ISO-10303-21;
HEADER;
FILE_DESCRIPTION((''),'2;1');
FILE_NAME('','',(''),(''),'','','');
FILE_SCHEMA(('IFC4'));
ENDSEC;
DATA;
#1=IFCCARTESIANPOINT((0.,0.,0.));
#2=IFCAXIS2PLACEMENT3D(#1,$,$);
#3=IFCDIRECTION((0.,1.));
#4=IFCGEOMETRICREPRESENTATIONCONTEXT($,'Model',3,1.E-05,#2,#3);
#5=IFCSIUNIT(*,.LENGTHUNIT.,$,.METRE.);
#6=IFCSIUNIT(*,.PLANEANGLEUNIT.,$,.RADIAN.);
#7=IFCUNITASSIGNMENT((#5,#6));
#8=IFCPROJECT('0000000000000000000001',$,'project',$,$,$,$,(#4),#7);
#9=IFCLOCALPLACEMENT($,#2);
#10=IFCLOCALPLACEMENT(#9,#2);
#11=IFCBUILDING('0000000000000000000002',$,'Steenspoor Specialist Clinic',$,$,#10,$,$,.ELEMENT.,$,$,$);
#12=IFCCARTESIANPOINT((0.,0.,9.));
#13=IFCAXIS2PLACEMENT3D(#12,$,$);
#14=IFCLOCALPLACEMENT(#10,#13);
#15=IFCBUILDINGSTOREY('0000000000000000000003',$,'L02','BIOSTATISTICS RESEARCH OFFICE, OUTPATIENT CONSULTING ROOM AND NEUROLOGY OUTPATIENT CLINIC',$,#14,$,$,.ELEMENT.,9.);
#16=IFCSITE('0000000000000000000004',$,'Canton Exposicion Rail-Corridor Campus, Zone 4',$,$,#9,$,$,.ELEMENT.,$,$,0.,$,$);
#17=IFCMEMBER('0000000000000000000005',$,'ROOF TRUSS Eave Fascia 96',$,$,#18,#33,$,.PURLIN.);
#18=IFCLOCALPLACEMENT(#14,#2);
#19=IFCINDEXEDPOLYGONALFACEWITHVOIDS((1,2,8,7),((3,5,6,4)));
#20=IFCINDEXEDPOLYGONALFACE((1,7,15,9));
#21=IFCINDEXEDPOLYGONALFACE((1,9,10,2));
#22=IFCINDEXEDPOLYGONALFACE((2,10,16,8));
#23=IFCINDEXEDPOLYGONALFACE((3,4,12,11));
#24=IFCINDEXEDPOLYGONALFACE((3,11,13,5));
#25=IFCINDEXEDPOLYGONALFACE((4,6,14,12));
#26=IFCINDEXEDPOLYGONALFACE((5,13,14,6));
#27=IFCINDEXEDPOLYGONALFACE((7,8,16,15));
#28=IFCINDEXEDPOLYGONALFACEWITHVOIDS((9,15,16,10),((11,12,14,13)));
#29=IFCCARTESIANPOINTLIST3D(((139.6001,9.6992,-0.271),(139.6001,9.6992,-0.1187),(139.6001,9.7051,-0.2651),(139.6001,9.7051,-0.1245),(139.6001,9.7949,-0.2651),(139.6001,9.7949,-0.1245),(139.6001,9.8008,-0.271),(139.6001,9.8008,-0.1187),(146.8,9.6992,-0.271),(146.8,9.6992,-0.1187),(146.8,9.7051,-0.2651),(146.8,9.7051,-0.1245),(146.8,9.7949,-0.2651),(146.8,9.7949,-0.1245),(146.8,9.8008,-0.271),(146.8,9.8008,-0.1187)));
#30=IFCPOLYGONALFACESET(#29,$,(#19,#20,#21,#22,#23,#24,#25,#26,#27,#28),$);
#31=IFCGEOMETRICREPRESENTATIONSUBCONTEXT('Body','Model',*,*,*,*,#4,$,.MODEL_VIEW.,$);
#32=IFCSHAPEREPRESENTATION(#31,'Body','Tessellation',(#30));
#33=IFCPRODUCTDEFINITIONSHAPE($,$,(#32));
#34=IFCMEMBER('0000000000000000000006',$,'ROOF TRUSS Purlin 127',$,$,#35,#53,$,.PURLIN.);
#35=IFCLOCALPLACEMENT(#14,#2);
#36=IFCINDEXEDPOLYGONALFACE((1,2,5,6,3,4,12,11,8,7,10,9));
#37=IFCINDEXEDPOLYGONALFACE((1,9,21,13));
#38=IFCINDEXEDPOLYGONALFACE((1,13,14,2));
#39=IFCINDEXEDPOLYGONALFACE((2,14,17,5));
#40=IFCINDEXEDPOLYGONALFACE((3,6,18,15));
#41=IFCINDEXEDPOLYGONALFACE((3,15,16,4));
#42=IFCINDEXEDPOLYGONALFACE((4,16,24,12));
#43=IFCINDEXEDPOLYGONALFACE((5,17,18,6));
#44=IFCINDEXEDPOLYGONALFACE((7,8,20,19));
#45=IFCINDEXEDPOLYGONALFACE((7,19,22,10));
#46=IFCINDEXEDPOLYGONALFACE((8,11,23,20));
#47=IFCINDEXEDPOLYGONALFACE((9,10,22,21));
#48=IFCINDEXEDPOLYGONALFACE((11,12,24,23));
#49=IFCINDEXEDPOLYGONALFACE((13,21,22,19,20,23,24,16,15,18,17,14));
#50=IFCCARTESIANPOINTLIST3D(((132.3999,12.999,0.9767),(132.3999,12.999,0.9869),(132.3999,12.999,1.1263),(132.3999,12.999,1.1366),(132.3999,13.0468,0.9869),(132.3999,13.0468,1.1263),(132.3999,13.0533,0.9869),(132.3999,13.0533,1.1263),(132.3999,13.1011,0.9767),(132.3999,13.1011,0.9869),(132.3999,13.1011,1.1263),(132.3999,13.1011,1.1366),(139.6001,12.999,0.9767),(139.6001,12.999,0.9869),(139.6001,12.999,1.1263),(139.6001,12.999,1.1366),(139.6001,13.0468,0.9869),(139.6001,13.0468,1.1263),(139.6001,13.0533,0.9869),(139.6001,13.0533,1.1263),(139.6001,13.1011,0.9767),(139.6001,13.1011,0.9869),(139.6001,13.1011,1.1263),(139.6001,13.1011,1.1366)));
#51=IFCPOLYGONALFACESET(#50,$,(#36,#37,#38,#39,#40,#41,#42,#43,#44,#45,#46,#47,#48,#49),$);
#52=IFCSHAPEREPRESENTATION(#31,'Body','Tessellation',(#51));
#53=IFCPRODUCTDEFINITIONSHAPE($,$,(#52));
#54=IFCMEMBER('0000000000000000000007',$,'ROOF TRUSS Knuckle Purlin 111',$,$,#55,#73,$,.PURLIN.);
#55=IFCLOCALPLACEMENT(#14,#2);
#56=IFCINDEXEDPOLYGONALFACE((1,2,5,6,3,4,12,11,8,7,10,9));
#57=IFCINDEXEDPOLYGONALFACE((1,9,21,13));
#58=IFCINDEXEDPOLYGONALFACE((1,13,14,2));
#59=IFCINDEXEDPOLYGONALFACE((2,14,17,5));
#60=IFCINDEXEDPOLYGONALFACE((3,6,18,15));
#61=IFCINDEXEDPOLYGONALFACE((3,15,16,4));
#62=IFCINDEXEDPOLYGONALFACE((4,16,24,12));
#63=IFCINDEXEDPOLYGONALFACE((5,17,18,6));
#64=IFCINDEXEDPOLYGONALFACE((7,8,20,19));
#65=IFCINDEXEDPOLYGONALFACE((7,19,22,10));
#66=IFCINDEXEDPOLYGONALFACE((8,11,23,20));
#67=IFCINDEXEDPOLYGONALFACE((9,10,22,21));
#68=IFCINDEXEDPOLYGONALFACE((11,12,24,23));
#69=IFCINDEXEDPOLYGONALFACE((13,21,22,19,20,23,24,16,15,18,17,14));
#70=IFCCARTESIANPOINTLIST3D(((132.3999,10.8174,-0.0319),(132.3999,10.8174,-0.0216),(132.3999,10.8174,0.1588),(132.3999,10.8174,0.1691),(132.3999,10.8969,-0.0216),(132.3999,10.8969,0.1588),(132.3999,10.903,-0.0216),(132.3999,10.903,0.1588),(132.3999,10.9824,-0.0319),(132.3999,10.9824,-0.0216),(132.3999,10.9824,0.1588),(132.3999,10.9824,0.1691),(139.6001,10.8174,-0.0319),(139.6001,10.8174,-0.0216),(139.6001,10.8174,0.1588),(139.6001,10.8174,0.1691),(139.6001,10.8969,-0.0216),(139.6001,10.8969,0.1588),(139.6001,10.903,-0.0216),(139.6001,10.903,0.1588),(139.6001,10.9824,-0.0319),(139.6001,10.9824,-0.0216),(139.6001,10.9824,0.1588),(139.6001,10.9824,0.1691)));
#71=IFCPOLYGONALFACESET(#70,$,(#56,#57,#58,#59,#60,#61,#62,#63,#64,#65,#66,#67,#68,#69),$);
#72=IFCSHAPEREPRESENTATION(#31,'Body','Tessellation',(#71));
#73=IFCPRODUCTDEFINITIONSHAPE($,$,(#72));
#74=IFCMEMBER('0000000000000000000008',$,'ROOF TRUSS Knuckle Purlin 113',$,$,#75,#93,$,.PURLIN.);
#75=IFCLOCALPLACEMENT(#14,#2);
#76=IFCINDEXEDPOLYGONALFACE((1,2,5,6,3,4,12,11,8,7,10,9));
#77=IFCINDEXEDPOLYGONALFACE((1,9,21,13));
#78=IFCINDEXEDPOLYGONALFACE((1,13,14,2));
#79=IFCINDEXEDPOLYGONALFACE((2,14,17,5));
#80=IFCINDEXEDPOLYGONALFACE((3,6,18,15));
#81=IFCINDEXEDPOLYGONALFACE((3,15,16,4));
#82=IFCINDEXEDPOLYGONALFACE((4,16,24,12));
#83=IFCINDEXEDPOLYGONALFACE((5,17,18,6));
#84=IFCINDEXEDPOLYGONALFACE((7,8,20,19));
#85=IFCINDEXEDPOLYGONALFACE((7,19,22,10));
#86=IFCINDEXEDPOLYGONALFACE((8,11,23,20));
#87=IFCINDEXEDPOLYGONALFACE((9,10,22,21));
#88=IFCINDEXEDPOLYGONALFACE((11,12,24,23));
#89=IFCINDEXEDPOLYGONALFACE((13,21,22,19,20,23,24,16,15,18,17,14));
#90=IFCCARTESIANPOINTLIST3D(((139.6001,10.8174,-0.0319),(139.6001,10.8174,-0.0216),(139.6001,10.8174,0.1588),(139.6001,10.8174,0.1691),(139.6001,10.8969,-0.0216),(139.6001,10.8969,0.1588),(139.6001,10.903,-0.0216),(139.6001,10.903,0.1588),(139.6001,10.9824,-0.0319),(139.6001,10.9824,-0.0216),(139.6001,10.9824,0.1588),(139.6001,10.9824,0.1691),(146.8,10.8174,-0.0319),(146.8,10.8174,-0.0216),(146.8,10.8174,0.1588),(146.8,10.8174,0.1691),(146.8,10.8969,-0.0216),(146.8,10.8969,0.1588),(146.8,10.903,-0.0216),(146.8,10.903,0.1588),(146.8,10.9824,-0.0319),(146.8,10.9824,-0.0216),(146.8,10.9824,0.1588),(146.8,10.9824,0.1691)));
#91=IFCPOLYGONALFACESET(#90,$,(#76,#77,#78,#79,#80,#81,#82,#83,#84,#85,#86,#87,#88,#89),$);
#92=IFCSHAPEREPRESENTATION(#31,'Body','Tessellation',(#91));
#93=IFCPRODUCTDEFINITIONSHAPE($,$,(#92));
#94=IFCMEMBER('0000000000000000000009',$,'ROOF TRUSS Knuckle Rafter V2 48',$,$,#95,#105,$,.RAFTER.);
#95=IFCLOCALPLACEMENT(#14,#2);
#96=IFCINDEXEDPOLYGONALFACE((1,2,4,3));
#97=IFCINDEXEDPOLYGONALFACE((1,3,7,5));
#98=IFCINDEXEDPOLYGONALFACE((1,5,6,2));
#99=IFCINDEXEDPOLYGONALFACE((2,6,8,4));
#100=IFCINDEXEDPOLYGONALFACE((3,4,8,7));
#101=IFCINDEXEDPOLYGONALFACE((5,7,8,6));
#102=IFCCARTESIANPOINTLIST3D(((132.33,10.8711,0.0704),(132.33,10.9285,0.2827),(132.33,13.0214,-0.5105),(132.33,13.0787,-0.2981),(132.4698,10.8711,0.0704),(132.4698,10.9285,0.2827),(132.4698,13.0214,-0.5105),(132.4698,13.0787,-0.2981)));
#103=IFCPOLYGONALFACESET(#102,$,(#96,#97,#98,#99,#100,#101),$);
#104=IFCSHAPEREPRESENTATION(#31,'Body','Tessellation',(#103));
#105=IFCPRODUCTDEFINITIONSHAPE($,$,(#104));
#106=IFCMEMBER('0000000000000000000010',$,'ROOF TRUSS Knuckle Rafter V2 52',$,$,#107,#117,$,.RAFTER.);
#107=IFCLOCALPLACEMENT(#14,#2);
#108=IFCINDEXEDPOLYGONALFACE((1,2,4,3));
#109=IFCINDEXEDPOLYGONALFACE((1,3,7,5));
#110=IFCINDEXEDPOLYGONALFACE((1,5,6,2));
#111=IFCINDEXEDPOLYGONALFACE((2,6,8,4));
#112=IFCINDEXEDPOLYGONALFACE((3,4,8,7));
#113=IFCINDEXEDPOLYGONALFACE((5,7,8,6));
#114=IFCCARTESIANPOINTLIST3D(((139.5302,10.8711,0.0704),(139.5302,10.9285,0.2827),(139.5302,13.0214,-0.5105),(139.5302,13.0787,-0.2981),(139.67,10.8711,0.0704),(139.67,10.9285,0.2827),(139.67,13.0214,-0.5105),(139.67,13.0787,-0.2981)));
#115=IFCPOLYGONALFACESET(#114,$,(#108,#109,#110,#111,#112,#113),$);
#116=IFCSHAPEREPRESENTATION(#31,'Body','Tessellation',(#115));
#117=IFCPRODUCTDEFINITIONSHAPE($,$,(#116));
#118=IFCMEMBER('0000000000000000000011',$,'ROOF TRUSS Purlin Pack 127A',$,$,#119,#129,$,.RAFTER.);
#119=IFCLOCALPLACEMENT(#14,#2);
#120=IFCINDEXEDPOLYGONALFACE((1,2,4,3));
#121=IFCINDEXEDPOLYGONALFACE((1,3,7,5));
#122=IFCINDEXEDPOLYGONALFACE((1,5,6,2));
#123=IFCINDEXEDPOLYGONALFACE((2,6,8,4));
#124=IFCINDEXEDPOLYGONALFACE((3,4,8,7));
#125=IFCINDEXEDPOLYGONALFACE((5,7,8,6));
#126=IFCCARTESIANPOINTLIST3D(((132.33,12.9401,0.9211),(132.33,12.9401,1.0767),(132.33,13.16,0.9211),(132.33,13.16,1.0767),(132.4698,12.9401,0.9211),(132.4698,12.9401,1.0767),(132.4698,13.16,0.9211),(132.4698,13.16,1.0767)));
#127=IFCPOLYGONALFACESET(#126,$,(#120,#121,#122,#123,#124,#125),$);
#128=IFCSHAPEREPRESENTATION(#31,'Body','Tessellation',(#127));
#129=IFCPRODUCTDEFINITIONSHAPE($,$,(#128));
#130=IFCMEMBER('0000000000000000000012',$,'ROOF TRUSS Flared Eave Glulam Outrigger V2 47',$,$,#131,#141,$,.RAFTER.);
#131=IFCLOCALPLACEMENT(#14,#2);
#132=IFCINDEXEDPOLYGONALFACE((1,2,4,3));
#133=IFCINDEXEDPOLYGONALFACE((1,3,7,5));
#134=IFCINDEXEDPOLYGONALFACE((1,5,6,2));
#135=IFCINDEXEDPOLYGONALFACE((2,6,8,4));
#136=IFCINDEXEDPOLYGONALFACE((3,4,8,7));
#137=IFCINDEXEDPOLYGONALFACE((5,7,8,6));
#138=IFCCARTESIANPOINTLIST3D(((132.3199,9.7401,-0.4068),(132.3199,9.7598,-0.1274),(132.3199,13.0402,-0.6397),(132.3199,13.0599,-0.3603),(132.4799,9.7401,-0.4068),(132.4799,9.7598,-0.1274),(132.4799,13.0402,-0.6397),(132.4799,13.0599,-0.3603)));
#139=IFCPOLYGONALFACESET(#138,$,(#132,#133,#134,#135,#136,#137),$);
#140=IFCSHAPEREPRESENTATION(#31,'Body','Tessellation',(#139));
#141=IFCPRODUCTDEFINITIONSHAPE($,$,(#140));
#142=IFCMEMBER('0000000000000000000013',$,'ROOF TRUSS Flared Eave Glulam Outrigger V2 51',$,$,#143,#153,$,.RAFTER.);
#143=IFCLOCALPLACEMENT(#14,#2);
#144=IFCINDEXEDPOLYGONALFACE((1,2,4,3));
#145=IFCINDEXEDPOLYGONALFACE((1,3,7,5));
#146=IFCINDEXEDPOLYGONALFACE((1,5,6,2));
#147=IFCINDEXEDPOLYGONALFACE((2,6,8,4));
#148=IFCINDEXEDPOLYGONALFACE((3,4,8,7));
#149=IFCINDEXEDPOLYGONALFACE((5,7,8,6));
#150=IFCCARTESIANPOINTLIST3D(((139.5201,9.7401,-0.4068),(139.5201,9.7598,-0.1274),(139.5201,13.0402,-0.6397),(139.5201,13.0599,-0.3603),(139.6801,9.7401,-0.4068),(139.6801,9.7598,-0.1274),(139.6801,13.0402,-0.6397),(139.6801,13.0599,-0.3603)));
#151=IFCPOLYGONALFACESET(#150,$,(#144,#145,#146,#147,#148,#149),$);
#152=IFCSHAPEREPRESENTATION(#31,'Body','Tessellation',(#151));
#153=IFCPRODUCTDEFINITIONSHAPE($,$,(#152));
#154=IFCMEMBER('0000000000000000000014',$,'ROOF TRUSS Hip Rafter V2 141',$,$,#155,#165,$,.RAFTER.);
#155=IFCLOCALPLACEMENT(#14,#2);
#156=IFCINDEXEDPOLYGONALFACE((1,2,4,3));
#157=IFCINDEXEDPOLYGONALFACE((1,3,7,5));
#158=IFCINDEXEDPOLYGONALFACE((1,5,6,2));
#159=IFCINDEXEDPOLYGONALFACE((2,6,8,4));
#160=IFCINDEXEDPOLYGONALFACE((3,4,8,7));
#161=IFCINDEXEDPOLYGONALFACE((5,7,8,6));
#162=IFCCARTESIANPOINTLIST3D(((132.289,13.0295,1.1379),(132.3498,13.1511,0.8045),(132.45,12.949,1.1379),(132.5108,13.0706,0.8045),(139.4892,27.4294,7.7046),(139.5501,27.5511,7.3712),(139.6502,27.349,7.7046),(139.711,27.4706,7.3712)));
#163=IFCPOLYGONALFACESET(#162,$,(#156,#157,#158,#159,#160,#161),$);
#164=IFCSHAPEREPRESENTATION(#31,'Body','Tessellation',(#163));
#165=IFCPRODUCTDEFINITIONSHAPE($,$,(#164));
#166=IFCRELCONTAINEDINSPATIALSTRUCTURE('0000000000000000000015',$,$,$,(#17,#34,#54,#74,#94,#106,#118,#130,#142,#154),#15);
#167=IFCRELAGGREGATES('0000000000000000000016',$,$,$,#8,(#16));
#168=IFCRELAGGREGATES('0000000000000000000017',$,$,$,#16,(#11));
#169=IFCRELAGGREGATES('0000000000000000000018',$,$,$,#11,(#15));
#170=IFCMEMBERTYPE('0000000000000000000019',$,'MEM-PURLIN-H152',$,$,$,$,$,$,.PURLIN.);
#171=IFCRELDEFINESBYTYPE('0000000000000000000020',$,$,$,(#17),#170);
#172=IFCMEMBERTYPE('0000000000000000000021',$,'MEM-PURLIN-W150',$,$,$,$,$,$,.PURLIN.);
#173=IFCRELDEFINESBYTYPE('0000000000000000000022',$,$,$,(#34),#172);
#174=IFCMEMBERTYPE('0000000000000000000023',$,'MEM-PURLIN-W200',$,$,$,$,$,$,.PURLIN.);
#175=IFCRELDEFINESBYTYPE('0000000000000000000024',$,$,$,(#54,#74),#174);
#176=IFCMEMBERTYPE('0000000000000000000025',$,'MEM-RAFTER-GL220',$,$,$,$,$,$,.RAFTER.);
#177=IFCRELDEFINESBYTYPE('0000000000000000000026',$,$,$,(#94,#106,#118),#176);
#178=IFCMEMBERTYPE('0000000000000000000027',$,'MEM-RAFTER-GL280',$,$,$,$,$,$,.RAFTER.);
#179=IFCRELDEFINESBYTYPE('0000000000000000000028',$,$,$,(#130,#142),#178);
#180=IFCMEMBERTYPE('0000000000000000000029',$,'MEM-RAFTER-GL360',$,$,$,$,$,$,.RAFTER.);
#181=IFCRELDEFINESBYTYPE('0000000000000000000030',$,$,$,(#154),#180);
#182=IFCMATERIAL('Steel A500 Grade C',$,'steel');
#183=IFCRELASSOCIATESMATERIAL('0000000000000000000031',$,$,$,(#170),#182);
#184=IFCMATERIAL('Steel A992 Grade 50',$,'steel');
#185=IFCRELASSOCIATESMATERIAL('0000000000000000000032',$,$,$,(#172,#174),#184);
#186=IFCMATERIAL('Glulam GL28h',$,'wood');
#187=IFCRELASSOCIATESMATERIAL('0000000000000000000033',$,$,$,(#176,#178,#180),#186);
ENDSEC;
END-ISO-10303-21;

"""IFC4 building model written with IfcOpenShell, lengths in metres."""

from ifc_helpers import new_model, si_unit, direction, frame, origin, origin_2d, place, context, subcontext, project, spatial, rectangle, hollow_rectangle, i_section, extrude, material, material_profile, profile_set, type_object, element, save


model = new_model("IFC4")

# Units and contexts
model_context = context("Model", 3, precision=1e-05, world=origin(), true_north=direction((0.0, 1.0)))
body_context = subcontext(model_context, "Body", "Model", "MODEL_VIEW")
ifc_project = project(units=[si_unit("LENGTHUNIT", "METRE"), si_unit("PLANEANGLEUNIT", "RADIAN")], contexts=[model_context])

# Site, building, storey
site_placement = place(None, origin())
site = spatial("IfcSite", under=ifc_project, at=site_placement, Name="Canton Exposicion Rail-Corridor Campus, Zone 4", CompositionType="ELEMENT", RefElevation=0.0)
building_placement = place(site_placement, origin())
building = spatial("IfcBuilding", under=site, at=building_placement, Name="Steenspoor Specialist Clinic", CompositionType="ELEMENT")
storey_placement = place(building_placement, frame((0.0, 0.0, 9.0)))
storey = spatial("IfcBuildingStorey", under=building, at=storey_placement, Name="L02", Description="BIOSTATISTICS RESEARCH OFFICE, OUTPATIENT CONSULTING ROOM AND NEUROLOGY OUTPATIENT CLINIC", CompositionType="ELEMENT", Elevation=9.0)

# Shared definitions
ifc_material_1 = material(Name="Steel A992 Grade 50", Category="steel")

# Members
ifc_material_2 = material(Name="Steel A500 Grade C", Category="steel")
ifc_material_profile_1 = material_profile(ifc_material_2, hollow_rectangle(XDim=0.1016, YDim=0.1523, WallThickness=0.0059, at=origin_2d()), Name="HSS152X102X6.4")
ifc_profile_set_1 = profile_set([ifc_material_profile_1], Name="Steel A500 Grade C")
member_type_1 = type_object("IfcMemberType", Name="MEM-PURLIN-H152", PredefinedType="PURLIN", material=ifc_profile_set_1)
member_1_placement = place(storey_placement, frame((139.6001, 9.75, -0.1948), z_axis=(1.0, 0.0, 0.0), x_axis=(0.0, 1.0, 0.0)))
element("IfcMember", 1, at=member_1_placement, inside=storey, type_object=member_type_1, Name="ROOF TRUSS Eave Fascia 96", PredefinedType="PURLIN", context=body_context, shape_type="SweptSolid", body=[
    extrude(hollow_rectangle(XDim=0.1016, YDim=0.1523, WallThickness=0.0059, at=origin_2d()), origin(), (0.0, 0.0, 1.0), 7.2),
])
ifc_material_profile_2 = material_profile(ifc_material_1, i_section(OverallWidth=0.1021, OverallDepth=0.1599, WebThickness=0.0066, FlangeThickness=0.0103, at=origin_2d()), Name="W150X24")
ifc_profile_set_2 = profile_set([ifc_material_profile_2], Name="Steel A992 Grade 50")
member_type_2 = type_object("IfcMemberType", Name="MEM-PURLIN-W150", PredefinedType="PURLIN", material=ifc_profile_set_2)
member_2_placement = place(storey_placement, frame((132.3999, 13.05, 1.0566), z_axis=(1.0, 0.0, 0.0), x_axis=(0.0, 1.0, 0.0)))
element("IfcMember", 2, at=member_2_placement, inside=storey, type_object=member_type_2, Name="ROOF TRUSS Purlin 127", PredefinedType="PURLIN", context=body_context, shape_type="SweptSolid", body=[
    extrude(i_section(OverallWidth=0.1021, OverallDepth=0.1599, WebThickness=0.0066, FlangeThickness=0.0103, at=origin_2d()), origin(), (0.0, 0.0, 1.0), 7.2002),
])
ifc_material_profile_3 = material_profile(ifc_material_1, i_section(OverallWidth=0.165, OverallDepth=0.2009, WebThickness=0.0061, FlangeThickness=0.0103, at=origin_2d()), Name="W200X36")
ifc_profile_set_3 = profile_set([ifc_material_profile_3], Name="Steel A992 Grade 50")
member_type_3 = type_object("IfcMemberType", Name="MEM-PURLIN-W200", PredefinedType="PURLIN", material=ifc_profile_set_3)
member_3_placement = place(storey_placement, frame((132.3999, 10.8999, 0.0686), z_axis=(1.0, 0.0, 0.0), x_axis=(0.0, 1.0, 0.0)))
element("IfcMember", 3, at=member_3_placement, inside=storey, type_object=member_type_3, Name="ROOF TRUSS Knuckle Purlin 111", PredefinedType="PURLIN", context=body_context, shape_type="SweptSolid", body=[
    extrude(i_section(OverallWidth=0.165, OverallDepth=0.2009, WebThickness=0.0061, FlangeThickness=0.0103, at=origin_2d()), origin(), (0.0, 0.0, 1.0), 7.2002),
])
member_4_placement = place(storey_placement, frame((139.6001, 10.8999, 0.0686), z_axis=(1.0, 0.0, 0.0), x_axis=(0.0, 1.0, 0.0)))
element("IfcMember", 4, at=member_4_placement, inside=storey, type_object=member_type_3, Name="ROOF TRUSS Knuckle Purlin 113", PredefinedType="PURLIN", context=body_context, shape_type="SweptSolid", body=[
    extrude(i_section(OverallWidth=0.165, OverallDepth=0.2009, WebThickness=0.0061, FlangeThickness=0.0103, at=origin_2d()), origin(), (0.0, 0.0, 1.0), 7.2),
])
ifc_material_3 = material(Name="Glulam GL28h", Category="wood")
ifc_material_profile_4 = material_profile(ifc_material_3, rectangle(XDim=0.1399, YDim=0.22, at=origin_2d()), Name="GL28H-140X220")
ifc_profile_set_4 = profile_set([ifc_material_profile_4], Name="Glulam GL28h")
member_type_4 = type_object("IfcMemberType", Name="MEM-RAFTER-GL220", PredefinedType="RAFTER", material=ifc_profile_set_4)
for number, where, z_axis, x_axis, name in (
    (5, (132.3999, 13.05, -0.4043), (0.0, -0.965398, 0.260779), (1.0, 0.0, 0.0), "ROOF TRUSS Knuckle Rafter V2 48"),
    (6, (139.6001, 13.05, -0.4043), (0.0, -0.965398, 0.260779), (1.0, 0.0, 0.0), "ROOF TRUSS Knuckle Rafter V2 52"),
):
    element("IfcMember", number, at=place(storey_placement, frame(where, z_axis=z_axis, x_axis=x_axis)), inside=storey, type_object=member_type_4, Name=name, PredefinedType="RAFTER", context=body_context, shape_type="SweptSolid", body=[
        extrude(rectangle(XDim=0.1399, YDim=0.22, at=origin_2d()), origin(), (0.0, 0.0, 1.0), 2.2273),
    ])
member_5_placement = place(storey_placement, frame((132.3999, 13.05, 0.9211), z_axis=(0.0, 0.0, 1.0), x_axis=(1.0, 0.0, 0.0)))
element("IfcMember", 7, at=member_5_placement, inside=storey, type_object=member_type_4, Name="ROOF TRUSS Purlin Pack 127A", PredefinedType="RAFTER", context=body_context, shape_type="SweptSolid", body=[
    extrude(rectangle(XDim=0.1399, YDim=0.22, at=origin_2d()), origin(), (0.0, 0.0, 1.0), 0.1555),
])
ifc_material_profile_5 = material_profile(ifc_material_3, rectangle(XDim=0.1599, YDim=0.28, at=origin_2d()), Name="GL28H-160X280")
ifc_profile_set_5 = profile_set([ifc_material_profile_5], Name="Glulam GL28h")
member_type_5 = type_object("IfcMemberType", Name="MEM-RAFTER-GL280", PredefinedType="RAFTER", material=ifc_profile_set_5)
for number, where, z_axis, x_axis, name in (
    (8, (132.3999, 13.05, -0.5), (0.0, -0.997519, 0.070403), (1.0, 0.0, 0.0), "ROOF TRUSS Flared Eave Glulam Outrigger V2 47"),
    (9, (139.6001, 13.05, -0.5), (0.0, -0.997519, 0.070403), (1.0, 0.0, 0.0), "ROOF TRUSS Flared Eave Glulam Outrigger V2 51"),
):
    element("IfcMember", number, at=place(storey_placement, frame(where, z_axis=z_axis, x_axis=x_axis)), inside=storey, type_object=member_type_5, Name=name, PredefinedType="RAFTER", context=body_context, shape_type="SweptSolid", body=[
        extrude(rectangle(XDim=0.1599, YDim=0.28, at=origin_2d()), origin(), (0.0, 0.0, 1.0), 3.3083),
    ])
ifc_material_profile_6 = material_profile(ifc_material_3, rectangle(XDim=0.1799, YDim=0.3601, at=origin_2d()), Name="GL28H-180X360")
ifc_profile_set_6 = profile_set([ifc_material_profile_6], Name="Glulam GL28h")
member_type_6 = type_object("IfcMemberType", Name="MEM-RAFTER-GL360", PredefinedType="RAFTER", material=ifc_profile_set_6)
member_6_placement = place(storey_placement, frame((132.3999, 13.05, 0.9712), z_axis=(0.414105, 0.828181, 0.377668), x_axis=(-0.894421, 0.447226, 0.0)))
element("IfcMember", 10, at=member_6_placement, inside=storey, type_object=member_type_6, Name="ROOF TRUSS Hip Rafter V2 141", PredefinedType="RAFTER", context=body_context, shape_type="SweptSolid", body=[
    extrude(rectangle(XDim=0.1799, YDim=0.3601, at=origin_2d()), origin(), (0.0, 0.0, 1.0), 17.3875),
])

save(model, "model.ifc")
